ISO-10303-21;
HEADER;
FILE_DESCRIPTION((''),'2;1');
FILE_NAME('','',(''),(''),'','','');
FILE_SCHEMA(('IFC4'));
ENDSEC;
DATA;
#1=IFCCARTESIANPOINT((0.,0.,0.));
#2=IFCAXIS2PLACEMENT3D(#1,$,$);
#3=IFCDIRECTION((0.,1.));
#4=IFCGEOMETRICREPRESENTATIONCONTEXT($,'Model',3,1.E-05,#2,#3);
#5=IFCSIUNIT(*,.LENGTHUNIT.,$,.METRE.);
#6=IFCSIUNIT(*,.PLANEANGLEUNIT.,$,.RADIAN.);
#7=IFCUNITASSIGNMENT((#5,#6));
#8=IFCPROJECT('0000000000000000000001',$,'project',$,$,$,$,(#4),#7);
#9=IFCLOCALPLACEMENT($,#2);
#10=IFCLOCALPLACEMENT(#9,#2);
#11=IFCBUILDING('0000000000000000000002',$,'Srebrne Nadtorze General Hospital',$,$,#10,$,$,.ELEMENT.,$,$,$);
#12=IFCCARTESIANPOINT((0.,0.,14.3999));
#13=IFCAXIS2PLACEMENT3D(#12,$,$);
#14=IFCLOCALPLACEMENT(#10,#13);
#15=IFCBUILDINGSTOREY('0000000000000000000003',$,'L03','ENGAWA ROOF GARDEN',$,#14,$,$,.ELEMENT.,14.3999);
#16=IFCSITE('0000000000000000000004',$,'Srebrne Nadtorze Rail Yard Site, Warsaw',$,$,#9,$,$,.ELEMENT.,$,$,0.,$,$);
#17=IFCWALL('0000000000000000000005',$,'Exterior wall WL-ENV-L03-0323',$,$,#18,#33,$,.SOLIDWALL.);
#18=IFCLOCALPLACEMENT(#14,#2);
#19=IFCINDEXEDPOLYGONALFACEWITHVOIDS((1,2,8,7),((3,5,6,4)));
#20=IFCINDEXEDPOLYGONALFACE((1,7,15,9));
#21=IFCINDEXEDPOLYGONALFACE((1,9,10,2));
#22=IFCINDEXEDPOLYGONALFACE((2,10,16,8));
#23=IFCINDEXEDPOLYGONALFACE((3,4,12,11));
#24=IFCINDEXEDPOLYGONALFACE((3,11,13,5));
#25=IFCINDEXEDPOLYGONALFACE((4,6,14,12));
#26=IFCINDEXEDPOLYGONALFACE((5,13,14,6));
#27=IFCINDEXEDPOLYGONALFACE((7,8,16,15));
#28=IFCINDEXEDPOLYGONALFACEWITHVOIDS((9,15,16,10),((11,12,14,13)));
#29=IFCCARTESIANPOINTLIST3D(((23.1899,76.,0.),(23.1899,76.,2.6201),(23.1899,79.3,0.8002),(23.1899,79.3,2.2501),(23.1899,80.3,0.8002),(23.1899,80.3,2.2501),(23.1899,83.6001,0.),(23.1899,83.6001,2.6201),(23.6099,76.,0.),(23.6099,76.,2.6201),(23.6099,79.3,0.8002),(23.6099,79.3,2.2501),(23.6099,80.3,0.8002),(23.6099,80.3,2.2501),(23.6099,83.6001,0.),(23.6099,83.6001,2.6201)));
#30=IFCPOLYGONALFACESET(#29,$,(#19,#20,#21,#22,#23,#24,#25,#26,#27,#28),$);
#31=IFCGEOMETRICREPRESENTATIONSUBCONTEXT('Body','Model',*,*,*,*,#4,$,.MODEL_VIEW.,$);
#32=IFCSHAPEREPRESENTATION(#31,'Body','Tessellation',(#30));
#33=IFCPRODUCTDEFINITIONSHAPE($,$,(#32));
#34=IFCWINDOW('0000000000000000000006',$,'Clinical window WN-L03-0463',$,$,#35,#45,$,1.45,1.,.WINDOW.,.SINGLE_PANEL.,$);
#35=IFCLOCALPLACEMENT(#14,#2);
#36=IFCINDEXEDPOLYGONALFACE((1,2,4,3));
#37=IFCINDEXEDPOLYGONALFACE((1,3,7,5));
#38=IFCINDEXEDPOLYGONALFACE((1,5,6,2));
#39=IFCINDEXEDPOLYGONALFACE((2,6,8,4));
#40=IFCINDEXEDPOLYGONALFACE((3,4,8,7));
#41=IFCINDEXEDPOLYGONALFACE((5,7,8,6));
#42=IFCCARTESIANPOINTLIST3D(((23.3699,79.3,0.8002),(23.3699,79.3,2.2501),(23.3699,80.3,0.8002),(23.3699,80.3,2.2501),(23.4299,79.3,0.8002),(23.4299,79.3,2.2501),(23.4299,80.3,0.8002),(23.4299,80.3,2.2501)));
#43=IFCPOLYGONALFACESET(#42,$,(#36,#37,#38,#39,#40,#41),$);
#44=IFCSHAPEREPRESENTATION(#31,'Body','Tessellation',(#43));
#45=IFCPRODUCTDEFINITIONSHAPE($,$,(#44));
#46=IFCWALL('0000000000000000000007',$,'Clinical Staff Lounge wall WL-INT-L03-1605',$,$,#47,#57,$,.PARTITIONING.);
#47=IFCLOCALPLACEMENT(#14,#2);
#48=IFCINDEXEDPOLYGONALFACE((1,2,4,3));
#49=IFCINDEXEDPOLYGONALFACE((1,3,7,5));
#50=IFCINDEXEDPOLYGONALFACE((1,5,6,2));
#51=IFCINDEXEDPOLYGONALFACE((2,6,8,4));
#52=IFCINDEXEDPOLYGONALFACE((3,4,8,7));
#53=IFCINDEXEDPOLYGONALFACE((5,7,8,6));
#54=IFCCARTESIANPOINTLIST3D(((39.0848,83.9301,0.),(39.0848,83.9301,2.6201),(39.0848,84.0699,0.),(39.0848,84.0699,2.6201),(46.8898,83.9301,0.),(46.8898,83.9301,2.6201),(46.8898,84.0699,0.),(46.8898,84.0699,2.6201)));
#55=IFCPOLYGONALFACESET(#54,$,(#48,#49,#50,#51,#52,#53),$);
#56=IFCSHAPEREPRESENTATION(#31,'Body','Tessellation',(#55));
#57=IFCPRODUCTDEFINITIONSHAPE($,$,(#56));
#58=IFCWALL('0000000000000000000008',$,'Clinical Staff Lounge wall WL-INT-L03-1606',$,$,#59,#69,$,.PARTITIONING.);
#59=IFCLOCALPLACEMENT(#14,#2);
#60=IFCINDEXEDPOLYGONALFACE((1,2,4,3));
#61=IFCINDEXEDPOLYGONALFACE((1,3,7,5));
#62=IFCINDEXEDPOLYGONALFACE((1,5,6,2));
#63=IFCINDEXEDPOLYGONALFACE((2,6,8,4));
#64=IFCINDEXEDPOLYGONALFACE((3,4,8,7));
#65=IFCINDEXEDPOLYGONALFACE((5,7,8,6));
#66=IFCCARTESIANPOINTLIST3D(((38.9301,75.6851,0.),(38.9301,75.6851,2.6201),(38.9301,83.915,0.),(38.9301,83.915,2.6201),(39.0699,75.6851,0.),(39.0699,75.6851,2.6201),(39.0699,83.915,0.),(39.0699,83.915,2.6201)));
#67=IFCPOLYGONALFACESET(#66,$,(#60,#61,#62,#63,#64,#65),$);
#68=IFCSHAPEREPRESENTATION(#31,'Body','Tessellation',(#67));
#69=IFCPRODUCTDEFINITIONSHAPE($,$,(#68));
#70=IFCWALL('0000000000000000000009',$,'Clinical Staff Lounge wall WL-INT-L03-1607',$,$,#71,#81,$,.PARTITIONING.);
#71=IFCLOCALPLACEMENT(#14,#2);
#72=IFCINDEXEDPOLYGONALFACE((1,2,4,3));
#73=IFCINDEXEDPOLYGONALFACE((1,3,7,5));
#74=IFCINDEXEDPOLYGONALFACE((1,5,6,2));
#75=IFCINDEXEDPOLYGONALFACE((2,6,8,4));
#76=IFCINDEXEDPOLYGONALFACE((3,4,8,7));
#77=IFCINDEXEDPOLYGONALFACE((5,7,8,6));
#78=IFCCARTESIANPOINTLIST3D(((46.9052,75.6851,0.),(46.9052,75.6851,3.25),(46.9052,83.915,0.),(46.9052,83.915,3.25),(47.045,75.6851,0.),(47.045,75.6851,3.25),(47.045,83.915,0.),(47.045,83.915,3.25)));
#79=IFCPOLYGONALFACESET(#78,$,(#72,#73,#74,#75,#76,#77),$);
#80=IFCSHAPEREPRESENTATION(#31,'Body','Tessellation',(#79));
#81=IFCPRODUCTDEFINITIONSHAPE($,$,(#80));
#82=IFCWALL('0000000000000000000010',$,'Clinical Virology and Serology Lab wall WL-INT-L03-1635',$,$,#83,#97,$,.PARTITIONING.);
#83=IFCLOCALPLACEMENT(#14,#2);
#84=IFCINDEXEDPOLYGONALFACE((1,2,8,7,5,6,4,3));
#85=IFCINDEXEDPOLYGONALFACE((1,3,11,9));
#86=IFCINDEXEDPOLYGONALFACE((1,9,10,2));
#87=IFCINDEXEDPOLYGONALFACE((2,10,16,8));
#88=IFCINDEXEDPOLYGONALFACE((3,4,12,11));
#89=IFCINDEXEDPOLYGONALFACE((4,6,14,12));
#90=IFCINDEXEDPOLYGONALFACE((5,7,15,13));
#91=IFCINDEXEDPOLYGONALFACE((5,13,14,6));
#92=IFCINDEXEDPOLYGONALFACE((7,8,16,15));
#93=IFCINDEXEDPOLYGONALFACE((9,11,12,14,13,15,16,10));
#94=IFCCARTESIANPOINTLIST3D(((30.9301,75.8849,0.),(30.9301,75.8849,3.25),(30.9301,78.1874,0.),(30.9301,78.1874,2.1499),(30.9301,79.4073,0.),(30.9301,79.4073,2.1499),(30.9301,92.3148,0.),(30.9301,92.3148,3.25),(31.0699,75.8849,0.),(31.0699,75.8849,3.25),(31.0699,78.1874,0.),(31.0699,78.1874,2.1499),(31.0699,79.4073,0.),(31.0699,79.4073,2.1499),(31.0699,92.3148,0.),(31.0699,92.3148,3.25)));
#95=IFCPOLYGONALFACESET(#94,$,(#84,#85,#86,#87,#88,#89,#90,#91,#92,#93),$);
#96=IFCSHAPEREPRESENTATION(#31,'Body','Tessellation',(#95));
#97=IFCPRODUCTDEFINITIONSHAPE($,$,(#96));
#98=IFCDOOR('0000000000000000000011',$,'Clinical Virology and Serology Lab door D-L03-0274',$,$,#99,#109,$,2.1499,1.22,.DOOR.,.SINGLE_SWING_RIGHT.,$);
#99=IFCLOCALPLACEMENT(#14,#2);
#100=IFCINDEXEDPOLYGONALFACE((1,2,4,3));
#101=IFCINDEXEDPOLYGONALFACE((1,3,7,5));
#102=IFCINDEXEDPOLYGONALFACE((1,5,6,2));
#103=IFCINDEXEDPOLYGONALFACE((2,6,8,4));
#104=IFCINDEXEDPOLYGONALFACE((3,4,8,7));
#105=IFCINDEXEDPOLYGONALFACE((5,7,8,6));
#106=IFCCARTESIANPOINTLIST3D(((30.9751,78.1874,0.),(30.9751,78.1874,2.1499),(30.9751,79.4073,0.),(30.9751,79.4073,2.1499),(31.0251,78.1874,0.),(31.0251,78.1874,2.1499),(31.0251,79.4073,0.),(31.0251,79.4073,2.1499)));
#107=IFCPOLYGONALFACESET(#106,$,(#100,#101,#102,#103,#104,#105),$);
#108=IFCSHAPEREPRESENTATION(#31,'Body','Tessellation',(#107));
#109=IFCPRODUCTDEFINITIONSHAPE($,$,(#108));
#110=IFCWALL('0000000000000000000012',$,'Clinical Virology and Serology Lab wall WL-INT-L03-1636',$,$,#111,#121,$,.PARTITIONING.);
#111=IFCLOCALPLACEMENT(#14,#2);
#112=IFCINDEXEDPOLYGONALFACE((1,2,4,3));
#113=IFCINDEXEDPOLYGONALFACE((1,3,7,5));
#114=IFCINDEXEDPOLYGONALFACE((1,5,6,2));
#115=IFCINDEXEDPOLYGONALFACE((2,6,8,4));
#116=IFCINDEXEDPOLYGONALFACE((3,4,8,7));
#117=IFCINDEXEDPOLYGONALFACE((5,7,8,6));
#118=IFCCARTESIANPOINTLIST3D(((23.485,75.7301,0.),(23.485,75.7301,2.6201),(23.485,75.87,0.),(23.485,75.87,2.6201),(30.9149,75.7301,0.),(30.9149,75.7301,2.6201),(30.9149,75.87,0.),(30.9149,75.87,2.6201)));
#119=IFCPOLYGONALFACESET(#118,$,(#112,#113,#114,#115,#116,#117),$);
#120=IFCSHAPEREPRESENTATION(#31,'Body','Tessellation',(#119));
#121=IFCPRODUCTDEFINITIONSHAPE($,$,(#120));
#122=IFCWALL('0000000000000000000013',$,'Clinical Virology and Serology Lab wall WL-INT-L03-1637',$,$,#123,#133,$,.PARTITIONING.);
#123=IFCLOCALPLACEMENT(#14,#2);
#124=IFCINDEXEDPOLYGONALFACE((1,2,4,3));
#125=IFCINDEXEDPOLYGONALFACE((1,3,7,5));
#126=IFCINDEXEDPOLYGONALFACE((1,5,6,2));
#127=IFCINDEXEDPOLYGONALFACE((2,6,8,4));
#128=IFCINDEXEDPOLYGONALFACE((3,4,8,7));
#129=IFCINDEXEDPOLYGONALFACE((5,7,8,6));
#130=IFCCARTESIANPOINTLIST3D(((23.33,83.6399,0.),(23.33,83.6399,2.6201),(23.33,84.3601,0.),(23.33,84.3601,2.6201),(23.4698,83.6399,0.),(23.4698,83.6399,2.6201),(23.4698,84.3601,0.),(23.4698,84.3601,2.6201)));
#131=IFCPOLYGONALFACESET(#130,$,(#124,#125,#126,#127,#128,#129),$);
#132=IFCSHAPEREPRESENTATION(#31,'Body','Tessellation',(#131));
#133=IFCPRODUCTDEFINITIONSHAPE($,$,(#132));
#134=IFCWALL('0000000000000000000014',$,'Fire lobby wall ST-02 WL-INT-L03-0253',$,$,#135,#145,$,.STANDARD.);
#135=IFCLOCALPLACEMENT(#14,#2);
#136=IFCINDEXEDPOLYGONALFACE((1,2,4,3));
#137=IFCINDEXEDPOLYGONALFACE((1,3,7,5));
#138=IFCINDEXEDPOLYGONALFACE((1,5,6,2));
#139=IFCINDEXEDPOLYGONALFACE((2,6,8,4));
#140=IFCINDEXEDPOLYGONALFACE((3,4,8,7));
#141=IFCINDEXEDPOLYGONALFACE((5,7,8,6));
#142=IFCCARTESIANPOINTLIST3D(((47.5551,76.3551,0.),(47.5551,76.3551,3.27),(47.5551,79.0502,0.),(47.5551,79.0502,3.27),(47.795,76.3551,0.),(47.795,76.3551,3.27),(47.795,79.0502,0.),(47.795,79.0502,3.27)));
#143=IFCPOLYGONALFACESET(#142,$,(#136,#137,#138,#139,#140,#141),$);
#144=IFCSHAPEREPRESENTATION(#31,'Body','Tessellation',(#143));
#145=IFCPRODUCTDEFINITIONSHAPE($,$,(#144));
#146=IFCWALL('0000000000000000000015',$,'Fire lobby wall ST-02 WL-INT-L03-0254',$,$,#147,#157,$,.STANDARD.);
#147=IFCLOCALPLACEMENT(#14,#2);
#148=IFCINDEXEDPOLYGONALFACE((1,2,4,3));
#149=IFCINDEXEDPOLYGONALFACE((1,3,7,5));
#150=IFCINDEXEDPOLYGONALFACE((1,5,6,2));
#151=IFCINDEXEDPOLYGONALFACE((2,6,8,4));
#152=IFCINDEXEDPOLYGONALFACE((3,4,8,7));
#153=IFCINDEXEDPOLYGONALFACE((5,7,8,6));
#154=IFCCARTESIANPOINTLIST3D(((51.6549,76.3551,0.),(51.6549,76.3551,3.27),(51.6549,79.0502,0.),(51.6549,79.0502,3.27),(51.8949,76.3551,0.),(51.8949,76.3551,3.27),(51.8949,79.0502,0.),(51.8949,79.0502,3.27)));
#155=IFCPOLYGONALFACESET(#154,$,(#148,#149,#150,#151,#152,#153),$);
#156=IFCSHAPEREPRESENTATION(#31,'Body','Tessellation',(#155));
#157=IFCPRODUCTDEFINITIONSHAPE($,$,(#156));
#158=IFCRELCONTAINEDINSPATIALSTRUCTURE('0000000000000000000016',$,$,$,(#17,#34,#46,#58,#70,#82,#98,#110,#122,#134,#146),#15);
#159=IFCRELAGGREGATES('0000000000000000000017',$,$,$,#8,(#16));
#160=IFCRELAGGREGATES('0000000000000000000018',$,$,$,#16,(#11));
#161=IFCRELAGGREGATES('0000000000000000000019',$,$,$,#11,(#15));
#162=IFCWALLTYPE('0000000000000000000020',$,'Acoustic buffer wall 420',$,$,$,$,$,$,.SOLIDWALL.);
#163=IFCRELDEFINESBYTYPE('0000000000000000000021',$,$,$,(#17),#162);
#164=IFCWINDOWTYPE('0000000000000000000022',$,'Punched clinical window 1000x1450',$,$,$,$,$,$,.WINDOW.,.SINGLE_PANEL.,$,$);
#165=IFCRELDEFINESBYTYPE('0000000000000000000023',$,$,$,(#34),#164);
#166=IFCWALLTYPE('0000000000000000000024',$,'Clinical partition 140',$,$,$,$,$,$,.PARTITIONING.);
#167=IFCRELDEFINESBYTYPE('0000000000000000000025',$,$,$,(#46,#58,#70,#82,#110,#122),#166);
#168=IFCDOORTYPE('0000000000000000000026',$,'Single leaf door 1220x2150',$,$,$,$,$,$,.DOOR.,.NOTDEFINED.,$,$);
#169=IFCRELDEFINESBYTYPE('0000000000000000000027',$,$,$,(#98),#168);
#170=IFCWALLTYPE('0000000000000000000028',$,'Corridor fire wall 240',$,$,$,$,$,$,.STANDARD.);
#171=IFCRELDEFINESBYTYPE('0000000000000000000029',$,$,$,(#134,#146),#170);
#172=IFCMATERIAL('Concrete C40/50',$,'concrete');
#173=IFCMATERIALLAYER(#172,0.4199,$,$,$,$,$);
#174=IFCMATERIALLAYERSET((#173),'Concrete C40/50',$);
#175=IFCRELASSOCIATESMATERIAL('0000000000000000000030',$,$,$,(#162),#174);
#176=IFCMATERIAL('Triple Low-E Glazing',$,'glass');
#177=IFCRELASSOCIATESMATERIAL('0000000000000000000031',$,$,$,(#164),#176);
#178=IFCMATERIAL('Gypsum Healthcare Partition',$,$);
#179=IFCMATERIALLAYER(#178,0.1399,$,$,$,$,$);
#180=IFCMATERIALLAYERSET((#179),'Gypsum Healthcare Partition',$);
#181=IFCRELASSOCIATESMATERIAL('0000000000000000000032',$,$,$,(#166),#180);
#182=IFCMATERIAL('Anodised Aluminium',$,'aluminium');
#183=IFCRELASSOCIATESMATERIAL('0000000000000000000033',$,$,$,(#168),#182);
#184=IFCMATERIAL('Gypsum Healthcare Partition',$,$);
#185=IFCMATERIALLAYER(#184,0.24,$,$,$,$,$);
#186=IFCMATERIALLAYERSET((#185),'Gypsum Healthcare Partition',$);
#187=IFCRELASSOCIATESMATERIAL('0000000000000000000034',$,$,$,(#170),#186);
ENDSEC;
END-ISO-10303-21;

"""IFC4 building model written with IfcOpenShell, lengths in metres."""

from ifc_helpers import new_model, si_unit, direction, frame, frame_2d, origin, place, context, subcontext, project, spatial, rectangle, extrude, material, layer, layer_set, type_object, element, fill, save


model = new_model("IFC4")

# Units and contexts
model_context = context("Model", 3, precision=1e-05, world=origin(), true_north=direction((0.0, 1.0)))
body_context = subcontext(model_context, "Body", "Model", "MODEL_VIEW")
ifc_project = project(units=[si_unit("LENGTHUNIT", "METRE"), si_unit("PLANEANGLEUNIT", "RADIAN")], contexts=[model_context])

# Site, building, storey
site_placement = place(None, origin())
site = spatial("IfcSite", under=ifc_project, at=site_placement, Name="Srebrne Nadtorze Rail Yard Site, Warsaw", CompositionType="ELEMENT", RefElevation=0.0)
building_placement = place(site_placement, origin())
building = spatial("IfcBuilding", under=site, at=building_placement, Name="Srebrne Nadtorze General Hospital", CompositionType="ELEMENT")
storey_placement = place(building_placement, frame((0.0, 0.0, 14.3999)))
storey = spatial("IfcBuildingStorey", under=building, at=storey_placement, Name="L03", Description="ENGAWA ROOF GARDEN", CompositionType="ELEMENT", Elevation=14.3999)

# Wall, opening, window
ifc_material_1 = material(Name="Concrete C40/50", Category="concrete")
ifc_layer_1 = layer(ifc_material_1, 0.4199)
ifc_layer_set_1 = layer_set([ifc_layer_1], Name="Concrete C40/50")
wall_type_1 = type_object("IfcWallType", Name="Acoustic buffer wall 420", PredefinedType="SOLIDWALL", material=ifc_layer_set_1)
wall_1_placement = place(storey_placement, frame((23.3999, 76.0, 0.0), z_axis=(0.0, 0.0, 1.0), x_axis=(0.0, 1.0, 0.0)))
wall_1 = element("IfcWall", 1, at=wall_1_placement, inside=storey, type_object=wall_type_1, Name="Exterior wall WL-ENV-L03-0323", PredefinedType="SOLIDWALL", context=body_context, shape_type="SweptSolid", body=[
    extrude(rectangle(XDim=7.6001, YDim=0.4199, at=frame_2d((3.8, 0.0))), origin(), (0.0, 0.0, 1.0), 2.6201),
])
opening_1_placement = place(wall_1_placement, frame((3.3, 0.0, 0.8)))
opening_1 = element("IfcOpeningElement", 2, at=opening_1_placement, cuts=wall_1, PredefinedType="OPENING", context=body_context, shape_type="SweptSolid", body=[
    extrude(rectangle(XDim=1.0, YDim=1.45, at=frame_2d((0.5, 0.7251))), frame((0.0, 0.2219, 0.0), z_axis=(0.0, -1.0, 0.0), x_axis=(1.0, 0.0, 0.0)), (0.0, 0.0, 1.0), 0.4438),
])
ifc_material_2 = material(Name="Triple Low-E Glazing", Category="glass")
window_type = type_object("IfcWindowType", Name="Punched clinical window 1000x1450", PartitioningType="SINGLE_PANEL", PredefinedType="WINDOW", material=ifc_material_2)
window_placement = place(opening_1_placement, origin())
window = element("IfcWindow", 3, at=window_placement, inside=storey, type_object=window_type, Name="Clinical window WN-L03-0463", OverallHeight=1.45, OverallWidth=1.0, PartitioningType="SINGLE_PANEL", PredefinedType="WINDOW", context=body_context, shape_type="SweptSolid", body=[
    extrude(rectangle(XDim=1.0, YDim=1.45, at=frame_2d((0.5, 0.7251))), frame((0.0, 0.03, 0.0), z_axis=(0.0, -1.0, 0.0), x_axis=(1.0, 0.0, 0.0)), (0.0, 0.0, 1.0), 0.0601),
])
fill(opening_1, window)

# Walls
ifc_material_3 = material(Name="Gypsum Healthcare Partition")
ifc_layer_2 = layer(ifc_material_3, 0.1399)
ifc_layer_set_2 = layer_set([ifc_layer_2], Name="Gypsum Healthcare Partition")
wall_type_2 = type_object("IfcWallType", Name="Clinical partition 140", PredefinedType="PARTITIONING", material=ifc_layer_set_2)
wall_2_placement = place(storey_placement, frame((39.085, 84.0, 0.0), z_axis=(0.0, 0.0, 1.0), x_axis=(1.0, 0.0, 0.0)))
element("IfcWall", 4, at=wall_2_placement, inside=storey, type_object=wall_type_2, Name="Clinical Staff Lounge wall WL-INT-L03-1605", PredefinedType="PARTITIONING", context=body_context, shape_type="SweptSolid", body=[
    extrude(rectangle(XDim=7.8049, YDim=0.1399, at=frame_2d((3.9023, 0.0))), origin(), (0.0, 0.0, 1.0), 2.6201),
])
wall_3_placement = place(storey_placement, frame((39.0, 75.6851, 0.0), z_axis=(0.0, 0.0, 1.0), x_axis=(0.0, 1.0, 0.0)))
element("IfcWall", 5, at=wall_3_placement, inside=storey, type_object=wall_type_2, Name="Clinical Staff Lounge wall WL-INT-L03-1606", PredefinedType="PARTITIONING", context=body_context, shape_type="SweptSolid", body=[
    extrude(rectangle(XDim=8.23, YDim=0.1399, at=frame_2d((4.115, 0.0))), origin(), (0.0, 0.0, 1.0), 2.6201),
])
wall_4_placement = place(storey_placement, frame((46.9751, 75.6851, 0.0), z_axis=(0.0, 0.0, 1.0), x_axis=(0.0, 1.0, 0.0)))
element("IfcWall", 6, at=wall_4_placement, inside=storey, type_object=wall_type_2, Name="Clinical Staff Lounge wall WL-INT-L03-1607", PredefinedType="PARTITIONING", context=body_context, shape_type="SweptSolid", body=[
    extrude(rectangle(XDim=8.23, YDim=0.1399, at=frame_2d((4.115, 0.0))), origin(), (0.0, 0.0, 1.0), 3.25),
])

# Wall, opening, door
wall_5_placement = place(storey_placement, frame((31.0, 75.885, 0.0), z_axis=(0.0, 0.0, 1.0), x_axis=(0.0, 1.0, 0.0)))
wall_5 = element("IfcWall", 7, at=wall_5_placement, inside=storey, type_object=wall_type_2, Name="Clinical Virology and Serology Lab wall WL-INT-L03-1635", PredefinedType="PARTITIONING", context=body_context, shape_type="SweptSolid", body=[
    extrude(rectangle(XDim=16.4299, YDim=0.1399, at=frame_2d((8.2148, 0.0))), origin(), (0.0, 0.0, 1.0), 3.25),
])
opening_2_placement = place(wall_5_placement, frame((2.3025, 0.0, 0.0)))
opening_2 = element("IfcOpeningElement", 8, at=opening_2_placement, cuts=wall_5, PredefinedType="OPENING", context=body_context, shape_type="SweptSolid", body=[
    extrude(rectangle(XDim=1.22, YDim=2.1499, at=frame_2d((0.6099, 1.075))), frame((0.0, 0.082, 0.0), z_axis=(0.0, -1.0, 0.0), x_axis=(1.0, 0.0, 0.0)), (0.0, 0.0, 1.0), 0.1638),
])
ifc_material_4 = material(Name="Anodised Aluminium", Category="aluminium")
door_type_1 = type_object("IfcDoorType", Name="Single leaf door 1220x2150", OperationType="NOTDEFINED", PredefinedType="DOOR", material=ifc_material_4)
door_1_placement = place(opening_2_placement, origin())
door_1 = element("IfcDoor", 9, at=door_1_placement, inside=storey, type_object=door_type_1, Name="Clinical Virology and Serology Lab door D-L03-0274", OperationType="SINGLE_SWING_RIGHT", OverallHeight=2.1499, OverallWidth=1.22, PredefinedType="DOOR", context=body_context, shape_type="SweptSolid", body=[
    extrude(rectangle(XDim=1.22, YDim=2.1499, at=frame_2d((0.6099, 1.075))), frame((0.0, 0.0249, 0.0), z_axis=(0.0, -1.0, 0.0), x_axis=(1.0, 0.0, 0.0)), (0.0, 0.0, 1.0), 0.05),
])
fill(opening_2, door_1)

# Walls
wall_6_placement = place(storey_placement, frame((23.4851, 75.8, 0.0), z_axis=(0.0, 0.0, 1.0), x_axis=(1.0, 0.0, 0.0)))
element("IfcWall", 10, at=wall_6_placement, inside=storey, type_object=wall_type_2, Name="Clinical Virology and Serology Lab wall WL-INT-L03-1636", PredefinedType="PARTITIONING", context=body_context, shape_type="SweptSolid", body=[
    extrude(rectangle(XDim=7.4299, YDim=0.1399, at=frame_2d((3.7148, 0.0))), origin(), (0.0, 0.0, 1.0), 2.6201),
])
wall_7_placement = place(storey_placement, frame((23.3999, 83.6399, 0.0), z_axis=(0.0, 0.0, 1.0), x_axis=(0.0, 1.0, 0.0)))
element("IfcWall", 11, at=wall_7_placement, inside=storey, type_object=wall_type_2, Name="Clinical Virology and Serology Lab wall WL-INT-L03-1637", PredefinedType="PARTITIONING", context=body_context, shape_type="SweptSolid", body=[
    extrude(rectangle(XDim=0.7202, YDim=0.1399, at=frame_2d((0.3601, 0.0))), origin(), (0.0, 0.0, 1.0), 2.6201),
])
ifc_material_5 = material(Name="Gypsum Healthcare Partition")
ifc_layer_3 = layer(ifc_material_5, 0.24)
ifc_layer_set_3 = layer_set([ifc_layer_3], Name="Gypsum Healthcare Partition")
wall_type_3 = type_object("IfcWallType", Name="Corridor fire wall 240", PredefinedType="STANDARD", material=ifc_layer_set_3)
for number, where, z_axis, x_axis, name in (
    (12, (47.675, 76.355, 0.0), (0.0, 0.0, 1.0), (0.0, 1.0, 0.0), "Fire lobby wall ST-02 WL-INT-L03-0253"),
    (13, (51.7749, 76.355, 0.0), (0.0, 0.0, 1.0), (0.0, 1.0, 0.0), "Fire lobby wall ST-02 WL-INT-L03-0254"),
):
    element("IfcWall", number, at=place(storey_placement, frame(where, z_axis=z_axis, x_axis=x_axis)), inside=storey, type_object=wall_type_3, Name=name, PredefinedType="STANDARD", context=body_context, shape_type="SweptSolid", body=[
        extrude(rectangle(XDim=2.6951, YDim=0.24, at=frame_2d((1.3477, 0.0))), origin(), (0.0, 0.0, 1.0), 3.27),
    ])

save(model, "model.ifc")
